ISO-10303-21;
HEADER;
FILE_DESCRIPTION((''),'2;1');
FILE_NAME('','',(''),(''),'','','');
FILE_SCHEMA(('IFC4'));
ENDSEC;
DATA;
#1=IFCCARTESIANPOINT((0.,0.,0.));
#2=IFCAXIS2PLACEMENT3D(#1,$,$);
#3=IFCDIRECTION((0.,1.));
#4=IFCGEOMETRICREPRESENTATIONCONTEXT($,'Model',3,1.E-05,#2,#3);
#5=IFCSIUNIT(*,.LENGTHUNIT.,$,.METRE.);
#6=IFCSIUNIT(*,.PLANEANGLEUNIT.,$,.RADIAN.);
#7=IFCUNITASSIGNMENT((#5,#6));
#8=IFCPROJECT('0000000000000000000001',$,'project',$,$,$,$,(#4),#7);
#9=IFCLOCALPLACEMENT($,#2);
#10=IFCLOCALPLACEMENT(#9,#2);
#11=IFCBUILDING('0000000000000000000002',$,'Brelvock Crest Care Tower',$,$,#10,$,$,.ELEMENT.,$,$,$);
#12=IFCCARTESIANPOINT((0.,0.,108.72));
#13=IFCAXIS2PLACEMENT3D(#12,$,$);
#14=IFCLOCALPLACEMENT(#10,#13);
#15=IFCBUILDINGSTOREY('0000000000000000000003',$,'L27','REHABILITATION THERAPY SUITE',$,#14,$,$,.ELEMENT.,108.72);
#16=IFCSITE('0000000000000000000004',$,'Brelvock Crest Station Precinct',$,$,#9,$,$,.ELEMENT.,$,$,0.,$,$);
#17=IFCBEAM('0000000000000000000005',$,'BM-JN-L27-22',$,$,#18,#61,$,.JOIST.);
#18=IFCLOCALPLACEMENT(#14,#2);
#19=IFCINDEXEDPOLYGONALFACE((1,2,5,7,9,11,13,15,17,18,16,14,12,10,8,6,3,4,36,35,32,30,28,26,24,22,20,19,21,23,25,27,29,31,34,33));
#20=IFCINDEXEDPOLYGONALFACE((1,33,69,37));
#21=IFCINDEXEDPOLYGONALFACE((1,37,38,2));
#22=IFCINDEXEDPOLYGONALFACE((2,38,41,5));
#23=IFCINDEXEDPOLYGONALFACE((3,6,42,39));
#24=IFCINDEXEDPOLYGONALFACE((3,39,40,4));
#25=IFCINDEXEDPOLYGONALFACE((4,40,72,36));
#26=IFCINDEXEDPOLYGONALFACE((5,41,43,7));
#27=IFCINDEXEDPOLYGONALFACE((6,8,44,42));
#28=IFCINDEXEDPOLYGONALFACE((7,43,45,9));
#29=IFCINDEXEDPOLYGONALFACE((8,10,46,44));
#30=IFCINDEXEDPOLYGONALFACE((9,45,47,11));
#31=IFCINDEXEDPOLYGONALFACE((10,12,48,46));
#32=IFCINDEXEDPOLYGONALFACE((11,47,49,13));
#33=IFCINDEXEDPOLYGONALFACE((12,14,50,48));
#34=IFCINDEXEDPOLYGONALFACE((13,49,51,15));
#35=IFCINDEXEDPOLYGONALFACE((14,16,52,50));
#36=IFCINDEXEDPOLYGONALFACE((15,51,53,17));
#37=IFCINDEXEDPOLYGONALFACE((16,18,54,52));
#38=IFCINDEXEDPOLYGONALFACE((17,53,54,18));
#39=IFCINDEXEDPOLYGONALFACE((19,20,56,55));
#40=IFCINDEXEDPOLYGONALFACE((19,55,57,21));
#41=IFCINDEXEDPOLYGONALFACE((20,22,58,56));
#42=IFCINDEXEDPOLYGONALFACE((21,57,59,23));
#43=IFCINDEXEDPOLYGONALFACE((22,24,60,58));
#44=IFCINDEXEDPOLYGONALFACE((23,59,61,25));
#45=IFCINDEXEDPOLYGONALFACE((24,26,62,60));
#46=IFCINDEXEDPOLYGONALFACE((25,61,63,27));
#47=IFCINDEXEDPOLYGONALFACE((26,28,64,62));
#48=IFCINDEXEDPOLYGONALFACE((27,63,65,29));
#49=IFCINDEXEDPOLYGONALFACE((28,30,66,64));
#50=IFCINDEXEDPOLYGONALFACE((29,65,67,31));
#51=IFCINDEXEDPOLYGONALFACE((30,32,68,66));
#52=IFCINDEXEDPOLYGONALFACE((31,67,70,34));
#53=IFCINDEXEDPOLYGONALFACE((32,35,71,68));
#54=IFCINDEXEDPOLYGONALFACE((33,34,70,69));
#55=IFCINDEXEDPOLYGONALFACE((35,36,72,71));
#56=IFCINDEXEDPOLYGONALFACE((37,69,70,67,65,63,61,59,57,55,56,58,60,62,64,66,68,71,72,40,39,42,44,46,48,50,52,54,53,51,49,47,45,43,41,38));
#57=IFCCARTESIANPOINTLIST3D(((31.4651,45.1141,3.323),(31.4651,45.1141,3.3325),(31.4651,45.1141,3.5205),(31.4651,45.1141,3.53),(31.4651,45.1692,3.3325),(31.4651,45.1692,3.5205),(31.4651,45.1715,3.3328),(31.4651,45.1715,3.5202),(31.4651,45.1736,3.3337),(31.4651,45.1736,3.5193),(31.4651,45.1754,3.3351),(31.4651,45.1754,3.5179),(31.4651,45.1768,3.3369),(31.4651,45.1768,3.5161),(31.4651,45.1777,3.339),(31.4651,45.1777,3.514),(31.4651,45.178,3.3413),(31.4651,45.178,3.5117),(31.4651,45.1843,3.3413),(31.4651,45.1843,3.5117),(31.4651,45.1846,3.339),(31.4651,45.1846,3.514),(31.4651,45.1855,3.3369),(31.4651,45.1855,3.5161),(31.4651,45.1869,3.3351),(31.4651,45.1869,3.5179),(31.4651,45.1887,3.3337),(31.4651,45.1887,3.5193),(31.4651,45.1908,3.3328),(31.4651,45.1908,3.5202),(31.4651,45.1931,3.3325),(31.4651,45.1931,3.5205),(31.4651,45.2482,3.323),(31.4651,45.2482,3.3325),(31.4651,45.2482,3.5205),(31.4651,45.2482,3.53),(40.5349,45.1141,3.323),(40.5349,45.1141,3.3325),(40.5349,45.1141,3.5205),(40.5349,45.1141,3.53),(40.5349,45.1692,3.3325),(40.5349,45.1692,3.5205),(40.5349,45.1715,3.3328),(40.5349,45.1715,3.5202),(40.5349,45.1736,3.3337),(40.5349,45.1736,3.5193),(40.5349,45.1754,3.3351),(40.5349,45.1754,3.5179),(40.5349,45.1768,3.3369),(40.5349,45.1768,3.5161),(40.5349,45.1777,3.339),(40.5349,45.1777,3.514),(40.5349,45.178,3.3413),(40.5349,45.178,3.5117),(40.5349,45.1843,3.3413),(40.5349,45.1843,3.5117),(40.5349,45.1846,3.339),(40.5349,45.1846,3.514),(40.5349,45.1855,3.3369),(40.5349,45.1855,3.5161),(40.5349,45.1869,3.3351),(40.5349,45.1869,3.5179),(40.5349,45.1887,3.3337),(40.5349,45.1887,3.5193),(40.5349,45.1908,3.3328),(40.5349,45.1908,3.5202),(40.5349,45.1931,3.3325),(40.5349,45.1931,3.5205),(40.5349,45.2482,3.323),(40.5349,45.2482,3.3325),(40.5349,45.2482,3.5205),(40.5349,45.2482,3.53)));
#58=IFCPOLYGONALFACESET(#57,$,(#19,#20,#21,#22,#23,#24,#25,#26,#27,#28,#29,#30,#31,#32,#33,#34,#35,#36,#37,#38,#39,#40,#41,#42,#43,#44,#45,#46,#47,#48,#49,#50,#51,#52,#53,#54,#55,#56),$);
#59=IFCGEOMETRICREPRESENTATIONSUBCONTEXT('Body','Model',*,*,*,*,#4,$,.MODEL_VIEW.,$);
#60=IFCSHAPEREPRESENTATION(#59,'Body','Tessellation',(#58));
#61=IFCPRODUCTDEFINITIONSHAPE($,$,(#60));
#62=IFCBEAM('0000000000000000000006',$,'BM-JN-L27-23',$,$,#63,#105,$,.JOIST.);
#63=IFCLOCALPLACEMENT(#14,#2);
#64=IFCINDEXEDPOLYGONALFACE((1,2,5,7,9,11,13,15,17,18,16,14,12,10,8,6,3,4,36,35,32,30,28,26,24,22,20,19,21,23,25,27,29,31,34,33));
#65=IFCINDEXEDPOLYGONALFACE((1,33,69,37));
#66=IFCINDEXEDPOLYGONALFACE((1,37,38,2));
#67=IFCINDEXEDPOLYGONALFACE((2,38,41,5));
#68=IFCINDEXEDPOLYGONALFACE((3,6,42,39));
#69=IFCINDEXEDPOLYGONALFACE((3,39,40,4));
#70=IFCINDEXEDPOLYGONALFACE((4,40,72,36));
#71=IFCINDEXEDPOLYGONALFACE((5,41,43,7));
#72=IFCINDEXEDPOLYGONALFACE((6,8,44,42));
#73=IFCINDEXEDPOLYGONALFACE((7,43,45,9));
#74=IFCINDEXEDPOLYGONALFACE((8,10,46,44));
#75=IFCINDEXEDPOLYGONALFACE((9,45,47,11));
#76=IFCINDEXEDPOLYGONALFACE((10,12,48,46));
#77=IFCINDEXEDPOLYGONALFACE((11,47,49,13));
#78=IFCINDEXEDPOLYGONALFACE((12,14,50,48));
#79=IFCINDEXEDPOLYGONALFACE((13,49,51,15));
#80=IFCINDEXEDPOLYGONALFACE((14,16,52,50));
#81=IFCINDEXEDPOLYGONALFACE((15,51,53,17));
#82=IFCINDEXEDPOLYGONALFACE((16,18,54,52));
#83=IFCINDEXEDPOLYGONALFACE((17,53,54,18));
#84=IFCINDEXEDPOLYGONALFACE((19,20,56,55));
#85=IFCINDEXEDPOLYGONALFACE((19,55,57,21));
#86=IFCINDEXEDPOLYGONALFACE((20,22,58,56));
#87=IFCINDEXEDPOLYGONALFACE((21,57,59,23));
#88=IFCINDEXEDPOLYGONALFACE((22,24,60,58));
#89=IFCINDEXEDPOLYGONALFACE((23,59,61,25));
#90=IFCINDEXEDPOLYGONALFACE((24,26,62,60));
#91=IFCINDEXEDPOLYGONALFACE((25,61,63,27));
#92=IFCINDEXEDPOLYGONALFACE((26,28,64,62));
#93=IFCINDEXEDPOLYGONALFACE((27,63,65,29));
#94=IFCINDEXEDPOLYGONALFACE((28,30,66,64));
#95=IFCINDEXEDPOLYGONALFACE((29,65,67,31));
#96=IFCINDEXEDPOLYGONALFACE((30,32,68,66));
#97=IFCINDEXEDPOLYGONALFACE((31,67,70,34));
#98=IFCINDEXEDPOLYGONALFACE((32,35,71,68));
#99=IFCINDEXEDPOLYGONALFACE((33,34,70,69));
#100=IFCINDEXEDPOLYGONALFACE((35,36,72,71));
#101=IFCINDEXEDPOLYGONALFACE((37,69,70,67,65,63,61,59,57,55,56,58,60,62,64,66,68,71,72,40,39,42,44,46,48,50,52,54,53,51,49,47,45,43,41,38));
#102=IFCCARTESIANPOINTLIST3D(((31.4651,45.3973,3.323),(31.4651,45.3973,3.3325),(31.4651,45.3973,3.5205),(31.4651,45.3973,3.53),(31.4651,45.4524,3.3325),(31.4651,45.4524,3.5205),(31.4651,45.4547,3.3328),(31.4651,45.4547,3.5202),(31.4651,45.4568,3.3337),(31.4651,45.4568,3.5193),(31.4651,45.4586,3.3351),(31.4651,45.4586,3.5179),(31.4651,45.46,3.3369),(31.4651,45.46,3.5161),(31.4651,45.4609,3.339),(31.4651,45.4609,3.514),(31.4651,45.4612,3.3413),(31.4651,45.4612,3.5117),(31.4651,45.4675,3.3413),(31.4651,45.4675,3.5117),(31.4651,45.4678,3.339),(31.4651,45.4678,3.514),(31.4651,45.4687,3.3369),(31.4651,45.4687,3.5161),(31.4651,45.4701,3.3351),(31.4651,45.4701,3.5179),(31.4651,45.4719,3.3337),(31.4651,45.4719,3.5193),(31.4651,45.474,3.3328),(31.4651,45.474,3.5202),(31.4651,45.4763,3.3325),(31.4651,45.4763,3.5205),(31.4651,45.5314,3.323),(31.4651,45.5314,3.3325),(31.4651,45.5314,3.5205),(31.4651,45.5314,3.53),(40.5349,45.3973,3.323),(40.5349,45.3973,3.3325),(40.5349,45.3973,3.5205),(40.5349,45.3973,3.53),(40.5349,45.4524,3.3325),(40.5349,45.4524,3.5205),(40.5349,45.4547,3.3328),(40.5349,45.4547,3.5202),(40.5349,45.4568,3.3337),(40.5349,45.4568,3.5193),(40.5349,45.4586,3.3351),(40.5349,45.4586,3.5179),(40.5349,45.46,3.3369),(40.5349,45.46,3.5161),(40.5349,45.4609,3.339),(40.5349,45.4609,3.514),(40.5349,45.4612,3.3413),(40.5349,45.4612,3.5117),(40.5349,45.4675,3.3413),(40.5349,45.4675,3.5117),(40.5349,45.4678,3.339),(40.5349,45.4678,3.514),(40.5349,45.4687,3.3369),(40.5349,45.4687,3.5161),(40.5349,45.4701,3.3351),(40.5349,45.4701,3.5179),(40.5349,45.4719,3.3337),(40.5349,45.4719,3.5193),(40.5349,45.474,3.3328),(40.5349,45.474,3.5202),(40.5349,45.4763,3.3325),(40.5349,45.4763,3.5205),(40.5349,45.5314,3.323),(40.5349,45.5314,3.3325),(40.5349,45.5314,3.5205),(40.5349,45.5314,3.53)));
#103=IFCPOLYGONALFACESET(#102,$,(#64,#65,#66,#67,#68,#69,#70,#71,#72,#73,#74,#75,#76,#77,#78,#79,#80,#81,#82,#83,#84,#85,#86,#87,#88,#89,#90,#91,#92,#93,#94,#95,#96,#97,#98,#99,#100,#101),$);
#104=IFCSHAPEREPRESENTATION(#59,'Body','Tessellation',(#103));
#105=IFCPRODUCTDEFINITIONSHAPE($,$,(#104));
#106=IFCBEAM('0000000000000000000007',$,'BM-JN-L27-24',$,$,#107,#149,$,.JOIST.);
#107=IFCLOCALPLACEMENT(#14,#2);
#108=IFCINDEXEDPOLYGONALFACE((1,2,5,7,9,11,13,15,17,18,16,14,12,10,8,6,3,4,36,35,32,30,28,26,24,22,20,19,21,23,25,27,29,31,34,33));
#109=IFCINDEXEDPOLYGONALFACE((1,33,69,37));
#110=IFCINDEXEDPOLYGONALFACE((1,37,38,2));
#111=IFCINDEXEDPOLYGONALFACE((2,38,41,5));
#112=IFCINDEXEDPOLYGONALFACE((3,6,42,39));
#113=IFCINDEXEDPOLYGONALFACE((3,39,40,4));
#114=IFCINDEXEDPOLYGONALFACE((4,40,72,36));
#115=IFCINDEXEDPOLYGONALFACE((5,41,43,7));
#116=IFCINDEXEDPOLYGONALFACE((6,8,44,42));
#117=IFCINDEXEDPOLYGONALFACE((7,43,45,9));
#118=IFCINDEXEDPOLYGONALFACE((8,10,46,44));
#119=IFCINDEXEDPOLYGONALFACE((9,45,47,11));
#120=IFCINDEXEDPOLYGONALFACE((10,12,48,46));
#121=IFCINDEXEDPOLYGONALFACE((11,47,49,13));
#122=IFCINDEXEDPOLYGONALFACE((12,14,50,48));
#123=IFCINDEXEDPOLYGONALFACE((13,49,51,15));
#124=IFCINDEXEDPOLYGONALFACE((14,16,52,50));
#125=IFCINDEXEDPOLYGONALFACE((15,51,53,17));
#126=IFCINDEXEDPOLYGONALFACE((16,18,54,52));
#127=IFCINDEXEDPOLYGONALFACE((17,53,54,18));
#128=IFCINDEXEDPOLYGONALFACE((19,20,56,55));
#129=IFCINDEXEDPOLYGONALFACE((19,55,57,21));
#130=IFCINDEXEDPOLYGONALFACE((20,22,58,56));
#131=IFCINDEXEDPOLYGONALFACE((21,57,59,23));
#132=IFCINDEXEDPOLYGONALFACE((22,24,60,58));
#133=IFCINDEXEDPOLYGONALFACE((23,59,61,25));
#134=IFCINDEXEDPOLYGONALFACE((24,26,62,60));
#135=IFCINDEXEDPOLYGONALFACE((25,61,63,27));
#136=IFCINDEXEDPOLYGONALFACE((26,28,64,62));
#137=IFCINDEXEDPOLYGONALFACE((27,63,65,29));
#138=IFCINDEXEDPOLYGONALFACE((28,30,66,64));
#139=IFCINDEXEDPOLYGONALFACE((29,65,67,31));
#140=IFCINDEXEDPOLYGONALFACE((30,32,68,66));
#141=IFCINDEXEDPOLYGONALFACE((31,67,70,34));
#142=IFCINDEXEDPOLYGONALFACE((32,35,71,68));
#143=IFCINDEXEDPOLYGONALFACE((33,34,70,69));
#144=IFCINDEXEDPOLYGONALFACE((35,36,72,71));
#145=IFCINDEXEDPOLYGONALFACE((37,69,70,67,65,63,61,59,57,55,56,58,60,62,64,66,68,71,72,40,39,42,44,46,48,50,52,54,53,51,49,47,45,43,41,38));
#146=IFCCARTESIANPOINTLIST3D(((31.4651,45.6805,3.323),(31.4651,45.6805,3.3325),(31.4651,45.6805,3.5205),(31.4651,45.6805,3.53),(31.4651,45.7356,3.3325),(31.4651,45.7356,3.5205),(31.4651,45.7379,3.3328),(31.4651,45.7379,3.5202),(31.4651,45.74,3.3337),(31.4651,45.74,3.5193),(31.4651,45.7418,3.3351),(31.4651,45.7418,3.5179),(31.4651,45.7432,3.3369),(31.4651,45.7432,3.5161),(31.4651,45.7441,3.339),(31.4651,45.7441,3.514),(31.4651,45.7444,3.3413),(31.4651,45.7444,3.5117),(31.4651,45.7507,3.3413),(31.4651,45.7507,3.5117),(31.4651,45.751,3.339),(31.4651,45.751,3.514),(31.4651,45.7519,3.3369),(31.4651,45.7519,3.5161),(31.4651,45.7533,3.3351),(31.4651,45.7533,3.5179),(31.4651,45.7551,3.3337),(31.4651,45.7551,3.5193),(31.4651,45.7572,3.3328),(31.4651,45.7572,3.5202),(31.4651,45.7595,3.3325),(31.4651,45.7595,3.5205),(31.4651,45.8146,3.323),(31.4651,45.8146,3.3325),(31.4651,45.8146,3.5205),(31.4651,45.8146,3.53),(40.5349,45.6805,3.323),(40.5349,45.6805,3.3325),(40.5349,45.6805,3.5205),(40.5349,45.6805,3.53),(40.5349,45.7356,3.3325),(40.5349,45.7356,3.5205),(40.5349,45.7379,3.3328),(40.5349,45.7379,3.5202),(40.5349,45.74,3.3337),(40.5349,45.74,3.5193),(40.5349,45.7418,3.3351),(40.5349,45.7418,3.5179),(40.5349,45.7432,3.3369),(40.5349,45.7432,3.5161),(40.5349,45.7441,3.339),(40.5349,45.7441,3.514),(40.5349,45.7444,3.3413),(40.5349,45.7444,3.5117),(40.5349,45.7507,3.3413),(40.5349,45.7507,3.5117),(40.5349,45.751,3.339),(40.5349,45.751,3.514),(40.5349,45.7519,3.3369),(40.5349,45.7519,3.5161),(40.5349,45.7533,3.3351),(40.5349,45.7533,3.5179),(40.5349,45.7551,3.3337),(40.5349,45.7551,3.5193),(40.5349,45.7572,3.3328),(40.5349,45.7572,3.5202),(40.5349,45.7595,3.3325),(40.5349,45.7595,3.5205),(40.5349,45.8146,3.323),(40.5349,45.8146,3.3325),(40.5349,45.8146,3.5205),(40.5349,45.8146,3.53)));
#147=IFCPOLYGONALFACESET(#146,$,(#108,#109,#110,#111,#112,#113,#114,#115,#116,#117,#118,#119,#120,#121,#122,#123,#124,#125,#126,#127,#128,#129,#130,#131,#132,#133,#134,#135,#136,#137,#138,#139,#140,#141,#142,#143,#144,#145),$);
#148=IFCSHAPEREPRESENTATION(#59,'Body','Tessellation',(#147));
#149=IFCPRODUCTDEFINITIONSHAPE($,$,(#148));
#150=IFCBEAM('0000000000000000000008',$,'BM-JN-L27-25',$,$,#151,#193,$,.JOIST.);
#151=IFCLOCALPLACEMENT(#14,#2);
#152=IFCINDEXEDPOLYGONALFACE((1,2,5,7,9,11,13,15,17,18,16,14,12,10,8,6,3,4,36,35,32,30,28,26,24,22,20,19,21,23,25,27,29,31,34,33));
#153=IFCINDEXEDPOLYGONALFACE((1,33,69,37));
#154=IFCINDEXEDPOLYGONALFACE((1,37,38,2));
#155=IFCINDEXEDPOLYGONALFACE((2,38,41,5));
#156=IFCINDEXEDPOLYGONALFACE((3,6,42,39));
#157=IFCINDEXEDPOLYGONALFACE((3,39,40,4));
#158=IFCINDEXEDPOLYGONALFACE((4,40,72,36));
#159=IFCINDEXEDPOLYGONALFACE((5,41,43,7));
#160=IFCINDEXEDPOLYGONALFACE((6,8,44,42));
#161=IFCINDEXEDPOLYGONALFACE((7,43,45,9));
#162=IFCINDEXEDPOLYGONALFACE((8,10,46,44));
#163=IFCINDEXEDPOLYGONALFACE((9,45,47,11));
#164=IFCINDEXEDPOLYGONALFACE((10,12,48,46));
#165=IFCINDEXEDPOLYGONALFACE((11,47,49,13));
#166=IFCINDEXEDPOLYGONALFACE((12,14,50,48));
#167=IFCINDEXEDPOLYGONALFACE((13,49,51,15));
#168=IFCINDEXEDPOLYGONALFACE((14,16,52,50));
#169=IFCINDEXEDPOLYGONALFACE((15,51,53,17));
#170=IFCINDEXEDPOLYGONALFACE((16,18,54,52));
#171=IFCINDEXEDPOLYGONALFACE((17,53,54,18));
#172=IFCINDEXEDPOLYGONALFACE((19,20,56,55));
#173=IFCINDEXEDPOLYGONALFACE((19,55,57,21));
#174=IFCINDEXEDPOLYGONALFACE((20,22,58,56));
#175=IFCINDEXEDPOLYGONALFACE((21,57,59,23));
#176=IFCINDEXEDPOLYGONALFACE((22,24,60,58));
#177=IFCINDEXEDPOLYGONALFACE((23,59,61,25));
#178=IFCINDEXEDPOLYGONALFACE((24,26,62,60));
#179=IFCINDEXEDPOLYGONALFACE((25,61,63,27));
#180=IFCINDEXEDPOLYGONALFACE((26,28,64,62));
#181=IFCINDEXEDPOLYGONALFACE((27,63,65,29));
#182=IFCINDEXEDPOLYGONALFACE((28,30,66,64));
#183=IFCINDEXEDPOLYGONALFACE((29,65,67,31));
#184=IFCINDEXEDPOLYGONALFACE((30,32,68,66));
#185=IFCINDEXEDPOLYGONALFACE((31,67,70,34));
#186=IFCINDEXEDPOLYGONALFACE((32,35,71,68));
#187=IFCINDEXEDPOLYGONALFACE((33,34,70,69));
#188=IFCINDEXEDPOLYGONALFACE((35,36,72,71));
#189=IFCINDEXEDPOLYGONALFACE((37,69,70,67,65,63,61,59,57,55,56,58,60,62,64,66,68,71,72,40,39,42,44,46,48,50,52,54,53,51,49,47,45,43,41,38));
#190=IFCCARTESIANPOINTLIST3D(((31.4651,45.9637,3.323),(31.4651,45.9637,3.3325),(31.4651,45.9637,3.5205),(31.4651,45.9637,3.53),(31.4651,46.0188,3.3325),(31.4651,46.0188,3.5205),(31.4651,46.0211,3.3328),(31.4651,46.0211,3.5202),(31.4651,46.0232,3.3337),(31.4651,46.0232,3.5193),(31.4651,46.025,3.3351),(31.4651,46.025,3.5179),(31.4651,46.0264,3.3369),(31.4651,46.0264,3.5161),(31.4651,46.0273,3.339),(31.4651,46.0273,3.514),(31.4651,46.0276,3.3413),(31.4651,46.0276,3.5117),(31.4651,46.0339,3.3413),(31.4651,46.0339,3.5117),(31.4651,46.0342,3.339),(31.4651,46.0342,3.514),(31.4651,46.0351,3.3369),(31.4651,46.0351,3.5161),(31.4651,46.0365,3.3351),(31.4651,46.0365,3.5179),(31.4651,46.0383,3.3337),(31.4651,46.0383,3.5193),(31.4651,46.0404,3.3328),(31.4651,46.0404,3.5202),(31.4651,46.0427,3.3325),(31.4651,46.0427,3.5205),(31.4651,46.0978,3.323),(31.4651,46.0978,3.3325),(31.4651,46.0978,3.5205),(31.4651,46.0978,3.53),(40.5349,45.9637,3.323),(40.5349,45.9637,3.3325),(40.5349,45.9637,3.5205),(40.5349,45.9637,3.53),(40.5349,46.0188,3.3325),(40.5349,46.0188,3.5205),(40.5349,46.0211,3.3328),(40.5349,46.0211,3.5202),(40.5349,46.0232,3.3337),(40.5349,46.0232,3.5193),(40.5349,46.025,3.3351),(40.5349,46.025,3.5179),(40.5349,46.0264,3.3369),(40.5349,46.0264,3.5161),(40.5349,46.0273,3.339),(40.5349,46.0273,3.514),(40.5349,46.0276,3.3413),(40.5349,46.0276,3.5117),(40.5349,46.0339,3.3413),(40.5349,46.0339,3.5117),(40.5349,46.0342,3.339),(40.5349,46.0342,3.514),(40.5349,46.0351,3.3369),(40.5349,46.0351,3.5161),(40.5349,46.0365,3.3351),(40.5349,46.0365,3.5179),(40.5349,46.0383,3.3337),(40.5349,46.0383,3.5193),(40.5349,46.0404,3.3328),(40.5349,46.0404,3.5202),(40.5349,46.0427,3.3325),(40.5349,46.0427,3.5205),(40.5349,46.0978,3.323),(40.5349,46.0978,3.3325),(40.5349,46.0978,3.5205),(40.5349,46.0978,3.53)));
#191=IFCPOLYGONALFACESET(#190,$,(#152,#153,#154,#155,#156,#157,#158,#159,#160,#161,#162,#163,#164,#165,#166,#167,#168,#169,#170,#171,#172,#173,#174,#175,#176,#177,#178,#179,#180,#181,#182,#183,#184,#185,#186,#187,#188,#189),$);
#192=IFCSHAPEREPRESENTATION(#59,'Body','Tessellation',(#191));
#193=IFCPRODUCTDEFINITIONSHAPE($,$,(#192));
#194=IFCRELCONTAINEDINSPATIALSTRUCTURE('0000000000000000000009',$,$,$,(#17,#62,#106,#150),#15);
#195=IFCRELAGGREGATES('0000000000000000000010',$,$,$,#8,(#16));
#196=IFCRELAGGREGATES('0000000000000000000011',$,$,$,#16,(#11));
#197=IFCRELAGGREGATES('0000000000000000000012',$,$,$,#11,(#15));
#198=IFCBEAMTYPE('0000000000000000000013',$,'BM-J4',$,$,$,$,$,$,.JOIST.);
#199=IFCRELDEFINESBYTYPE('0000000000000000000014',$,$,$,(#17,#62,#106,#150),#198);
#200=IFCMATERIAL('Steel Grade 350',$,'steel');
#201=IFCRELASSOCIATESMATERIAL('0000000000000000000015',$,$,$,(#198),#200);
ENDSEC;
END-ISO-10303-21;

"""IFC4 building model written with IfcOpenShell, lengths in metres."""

from ifc_helpers import new_model, si_unit, direction, frame, origin, origin_2d, place, context, subcontext, project, spatial, i_section, extrude, source, transform, mapped, material, material_profile, profile_set, type_object, element, save


model = new_model("IFC4")

# Units and contexts
model_context = context("Model", 3, precision=1e-05, world=origin(), true_north=direction((0.0, 1.0)))
body_context = subcontext(model_context, "Body", "Model", "MODEL_VIEW")
ifc_project = project(units=[si_unit("LENGTHUNIT", "METRE"), si_unit("PLANEANGLEUNIT", "RADIAN")], contexts=[model_context])

# Site, building, storey
site_placement = place(None, origin())
site = spatial("IfcSite", under=ifc_project, at=site_placement, Name="Brelvock Crest Station Precinct", CompositionType="ELEMENT", RefElevation=0.0)
building_placement = place(site_placement, origin())
building = spatial("IfcBuilding", under=site, at=building_placement, Name="Brelvock Crest Care Tower", CompositionType="ELEMENT")
storey_placement = place(building_placement, frame((0.0, 0.0, 108.72)))
storey = spatial("IfcBuildingStorey", under=building, at=storey_placement, Name="L27", Description="REHABILITATION THERAPY SUITE", CompositionType="ELEMENT", Elevation=108.72)

# Beams
ifc_material_1 = material(Name="Steel Grade 350", Category="steel")
ifc_material_profile_1 = material_profile(ifc_material_1, i_section(OverallWidth=0.134, OverallDepth=0.207, WebThickness=0.0063, FlangeThickness=0.0095, FilletRadius=0.0088, at=origin_2d()), Name="200UB29.8")
ifc_profile_set_1 = profile_set([ifc_material_profile_1], Name="Steel Grade 350")
beam_type_1 = type_object("IfcBeamType", Name="BM-J4", PredefinedType="JOIST", material=ifc_profile_set_1)
shared_shape_1 = source(origin(), body_context, "Body", "SweptSolid", [
    extrude(i_section(OverallWidth=0.134, OverallDepth=0.207, WebThickness=0.0063, FlangeThickness=0.0095, FilletRadius=0.0088, at=origin_2d()), origin(), (0.0, 0.0, 1.0), 9.0698),
])
for number, where, z_axis, x_axis, name in (
    (1, (31.4651, 45.1812, 3.4265), (1.0, 0.0, 0.0), (0.0, 1.0, 0.0), "BM-JN-L27-22"),
    (2, (31.4651, 45.4644, 3.4265), (1.0, 0.0, 0.0), (0.0, 1.0, 0.0), "BM-JN-L27-23"),
    (3, (31.4651, 45.7476, 3.4265), (1.0, 0.0, 0.0), (0.0, 1.0, 0.0), "BM-JN-L27-24"),
    (4, (31.4651, 46.0308, 3.4265), (1.0, 0.0, 0.0), (0.0, 1.0, 0.0), "BM-JN-L27-25"),
):
    element("IfcBeam", number, at=place(storey_placement, frame(where, z_axis=z_axis, x_axis=x_axis)), inside=storey, type_object=beam_type_1, Name=name, PredefinedType="JOIST", context=body_context, shape_type="MappedRepresentation", body=[
        mapped(shared_shape_1, transform((0.0, 0.0, 0.0), x_axis=(1.0, 0.0, 0.0), y_axis=(0.0, 1.0, 0.0), z_axis=(0.0, 0.0, 1.0), scale=1.0)),
    ])

save(model, "model.ifc")
